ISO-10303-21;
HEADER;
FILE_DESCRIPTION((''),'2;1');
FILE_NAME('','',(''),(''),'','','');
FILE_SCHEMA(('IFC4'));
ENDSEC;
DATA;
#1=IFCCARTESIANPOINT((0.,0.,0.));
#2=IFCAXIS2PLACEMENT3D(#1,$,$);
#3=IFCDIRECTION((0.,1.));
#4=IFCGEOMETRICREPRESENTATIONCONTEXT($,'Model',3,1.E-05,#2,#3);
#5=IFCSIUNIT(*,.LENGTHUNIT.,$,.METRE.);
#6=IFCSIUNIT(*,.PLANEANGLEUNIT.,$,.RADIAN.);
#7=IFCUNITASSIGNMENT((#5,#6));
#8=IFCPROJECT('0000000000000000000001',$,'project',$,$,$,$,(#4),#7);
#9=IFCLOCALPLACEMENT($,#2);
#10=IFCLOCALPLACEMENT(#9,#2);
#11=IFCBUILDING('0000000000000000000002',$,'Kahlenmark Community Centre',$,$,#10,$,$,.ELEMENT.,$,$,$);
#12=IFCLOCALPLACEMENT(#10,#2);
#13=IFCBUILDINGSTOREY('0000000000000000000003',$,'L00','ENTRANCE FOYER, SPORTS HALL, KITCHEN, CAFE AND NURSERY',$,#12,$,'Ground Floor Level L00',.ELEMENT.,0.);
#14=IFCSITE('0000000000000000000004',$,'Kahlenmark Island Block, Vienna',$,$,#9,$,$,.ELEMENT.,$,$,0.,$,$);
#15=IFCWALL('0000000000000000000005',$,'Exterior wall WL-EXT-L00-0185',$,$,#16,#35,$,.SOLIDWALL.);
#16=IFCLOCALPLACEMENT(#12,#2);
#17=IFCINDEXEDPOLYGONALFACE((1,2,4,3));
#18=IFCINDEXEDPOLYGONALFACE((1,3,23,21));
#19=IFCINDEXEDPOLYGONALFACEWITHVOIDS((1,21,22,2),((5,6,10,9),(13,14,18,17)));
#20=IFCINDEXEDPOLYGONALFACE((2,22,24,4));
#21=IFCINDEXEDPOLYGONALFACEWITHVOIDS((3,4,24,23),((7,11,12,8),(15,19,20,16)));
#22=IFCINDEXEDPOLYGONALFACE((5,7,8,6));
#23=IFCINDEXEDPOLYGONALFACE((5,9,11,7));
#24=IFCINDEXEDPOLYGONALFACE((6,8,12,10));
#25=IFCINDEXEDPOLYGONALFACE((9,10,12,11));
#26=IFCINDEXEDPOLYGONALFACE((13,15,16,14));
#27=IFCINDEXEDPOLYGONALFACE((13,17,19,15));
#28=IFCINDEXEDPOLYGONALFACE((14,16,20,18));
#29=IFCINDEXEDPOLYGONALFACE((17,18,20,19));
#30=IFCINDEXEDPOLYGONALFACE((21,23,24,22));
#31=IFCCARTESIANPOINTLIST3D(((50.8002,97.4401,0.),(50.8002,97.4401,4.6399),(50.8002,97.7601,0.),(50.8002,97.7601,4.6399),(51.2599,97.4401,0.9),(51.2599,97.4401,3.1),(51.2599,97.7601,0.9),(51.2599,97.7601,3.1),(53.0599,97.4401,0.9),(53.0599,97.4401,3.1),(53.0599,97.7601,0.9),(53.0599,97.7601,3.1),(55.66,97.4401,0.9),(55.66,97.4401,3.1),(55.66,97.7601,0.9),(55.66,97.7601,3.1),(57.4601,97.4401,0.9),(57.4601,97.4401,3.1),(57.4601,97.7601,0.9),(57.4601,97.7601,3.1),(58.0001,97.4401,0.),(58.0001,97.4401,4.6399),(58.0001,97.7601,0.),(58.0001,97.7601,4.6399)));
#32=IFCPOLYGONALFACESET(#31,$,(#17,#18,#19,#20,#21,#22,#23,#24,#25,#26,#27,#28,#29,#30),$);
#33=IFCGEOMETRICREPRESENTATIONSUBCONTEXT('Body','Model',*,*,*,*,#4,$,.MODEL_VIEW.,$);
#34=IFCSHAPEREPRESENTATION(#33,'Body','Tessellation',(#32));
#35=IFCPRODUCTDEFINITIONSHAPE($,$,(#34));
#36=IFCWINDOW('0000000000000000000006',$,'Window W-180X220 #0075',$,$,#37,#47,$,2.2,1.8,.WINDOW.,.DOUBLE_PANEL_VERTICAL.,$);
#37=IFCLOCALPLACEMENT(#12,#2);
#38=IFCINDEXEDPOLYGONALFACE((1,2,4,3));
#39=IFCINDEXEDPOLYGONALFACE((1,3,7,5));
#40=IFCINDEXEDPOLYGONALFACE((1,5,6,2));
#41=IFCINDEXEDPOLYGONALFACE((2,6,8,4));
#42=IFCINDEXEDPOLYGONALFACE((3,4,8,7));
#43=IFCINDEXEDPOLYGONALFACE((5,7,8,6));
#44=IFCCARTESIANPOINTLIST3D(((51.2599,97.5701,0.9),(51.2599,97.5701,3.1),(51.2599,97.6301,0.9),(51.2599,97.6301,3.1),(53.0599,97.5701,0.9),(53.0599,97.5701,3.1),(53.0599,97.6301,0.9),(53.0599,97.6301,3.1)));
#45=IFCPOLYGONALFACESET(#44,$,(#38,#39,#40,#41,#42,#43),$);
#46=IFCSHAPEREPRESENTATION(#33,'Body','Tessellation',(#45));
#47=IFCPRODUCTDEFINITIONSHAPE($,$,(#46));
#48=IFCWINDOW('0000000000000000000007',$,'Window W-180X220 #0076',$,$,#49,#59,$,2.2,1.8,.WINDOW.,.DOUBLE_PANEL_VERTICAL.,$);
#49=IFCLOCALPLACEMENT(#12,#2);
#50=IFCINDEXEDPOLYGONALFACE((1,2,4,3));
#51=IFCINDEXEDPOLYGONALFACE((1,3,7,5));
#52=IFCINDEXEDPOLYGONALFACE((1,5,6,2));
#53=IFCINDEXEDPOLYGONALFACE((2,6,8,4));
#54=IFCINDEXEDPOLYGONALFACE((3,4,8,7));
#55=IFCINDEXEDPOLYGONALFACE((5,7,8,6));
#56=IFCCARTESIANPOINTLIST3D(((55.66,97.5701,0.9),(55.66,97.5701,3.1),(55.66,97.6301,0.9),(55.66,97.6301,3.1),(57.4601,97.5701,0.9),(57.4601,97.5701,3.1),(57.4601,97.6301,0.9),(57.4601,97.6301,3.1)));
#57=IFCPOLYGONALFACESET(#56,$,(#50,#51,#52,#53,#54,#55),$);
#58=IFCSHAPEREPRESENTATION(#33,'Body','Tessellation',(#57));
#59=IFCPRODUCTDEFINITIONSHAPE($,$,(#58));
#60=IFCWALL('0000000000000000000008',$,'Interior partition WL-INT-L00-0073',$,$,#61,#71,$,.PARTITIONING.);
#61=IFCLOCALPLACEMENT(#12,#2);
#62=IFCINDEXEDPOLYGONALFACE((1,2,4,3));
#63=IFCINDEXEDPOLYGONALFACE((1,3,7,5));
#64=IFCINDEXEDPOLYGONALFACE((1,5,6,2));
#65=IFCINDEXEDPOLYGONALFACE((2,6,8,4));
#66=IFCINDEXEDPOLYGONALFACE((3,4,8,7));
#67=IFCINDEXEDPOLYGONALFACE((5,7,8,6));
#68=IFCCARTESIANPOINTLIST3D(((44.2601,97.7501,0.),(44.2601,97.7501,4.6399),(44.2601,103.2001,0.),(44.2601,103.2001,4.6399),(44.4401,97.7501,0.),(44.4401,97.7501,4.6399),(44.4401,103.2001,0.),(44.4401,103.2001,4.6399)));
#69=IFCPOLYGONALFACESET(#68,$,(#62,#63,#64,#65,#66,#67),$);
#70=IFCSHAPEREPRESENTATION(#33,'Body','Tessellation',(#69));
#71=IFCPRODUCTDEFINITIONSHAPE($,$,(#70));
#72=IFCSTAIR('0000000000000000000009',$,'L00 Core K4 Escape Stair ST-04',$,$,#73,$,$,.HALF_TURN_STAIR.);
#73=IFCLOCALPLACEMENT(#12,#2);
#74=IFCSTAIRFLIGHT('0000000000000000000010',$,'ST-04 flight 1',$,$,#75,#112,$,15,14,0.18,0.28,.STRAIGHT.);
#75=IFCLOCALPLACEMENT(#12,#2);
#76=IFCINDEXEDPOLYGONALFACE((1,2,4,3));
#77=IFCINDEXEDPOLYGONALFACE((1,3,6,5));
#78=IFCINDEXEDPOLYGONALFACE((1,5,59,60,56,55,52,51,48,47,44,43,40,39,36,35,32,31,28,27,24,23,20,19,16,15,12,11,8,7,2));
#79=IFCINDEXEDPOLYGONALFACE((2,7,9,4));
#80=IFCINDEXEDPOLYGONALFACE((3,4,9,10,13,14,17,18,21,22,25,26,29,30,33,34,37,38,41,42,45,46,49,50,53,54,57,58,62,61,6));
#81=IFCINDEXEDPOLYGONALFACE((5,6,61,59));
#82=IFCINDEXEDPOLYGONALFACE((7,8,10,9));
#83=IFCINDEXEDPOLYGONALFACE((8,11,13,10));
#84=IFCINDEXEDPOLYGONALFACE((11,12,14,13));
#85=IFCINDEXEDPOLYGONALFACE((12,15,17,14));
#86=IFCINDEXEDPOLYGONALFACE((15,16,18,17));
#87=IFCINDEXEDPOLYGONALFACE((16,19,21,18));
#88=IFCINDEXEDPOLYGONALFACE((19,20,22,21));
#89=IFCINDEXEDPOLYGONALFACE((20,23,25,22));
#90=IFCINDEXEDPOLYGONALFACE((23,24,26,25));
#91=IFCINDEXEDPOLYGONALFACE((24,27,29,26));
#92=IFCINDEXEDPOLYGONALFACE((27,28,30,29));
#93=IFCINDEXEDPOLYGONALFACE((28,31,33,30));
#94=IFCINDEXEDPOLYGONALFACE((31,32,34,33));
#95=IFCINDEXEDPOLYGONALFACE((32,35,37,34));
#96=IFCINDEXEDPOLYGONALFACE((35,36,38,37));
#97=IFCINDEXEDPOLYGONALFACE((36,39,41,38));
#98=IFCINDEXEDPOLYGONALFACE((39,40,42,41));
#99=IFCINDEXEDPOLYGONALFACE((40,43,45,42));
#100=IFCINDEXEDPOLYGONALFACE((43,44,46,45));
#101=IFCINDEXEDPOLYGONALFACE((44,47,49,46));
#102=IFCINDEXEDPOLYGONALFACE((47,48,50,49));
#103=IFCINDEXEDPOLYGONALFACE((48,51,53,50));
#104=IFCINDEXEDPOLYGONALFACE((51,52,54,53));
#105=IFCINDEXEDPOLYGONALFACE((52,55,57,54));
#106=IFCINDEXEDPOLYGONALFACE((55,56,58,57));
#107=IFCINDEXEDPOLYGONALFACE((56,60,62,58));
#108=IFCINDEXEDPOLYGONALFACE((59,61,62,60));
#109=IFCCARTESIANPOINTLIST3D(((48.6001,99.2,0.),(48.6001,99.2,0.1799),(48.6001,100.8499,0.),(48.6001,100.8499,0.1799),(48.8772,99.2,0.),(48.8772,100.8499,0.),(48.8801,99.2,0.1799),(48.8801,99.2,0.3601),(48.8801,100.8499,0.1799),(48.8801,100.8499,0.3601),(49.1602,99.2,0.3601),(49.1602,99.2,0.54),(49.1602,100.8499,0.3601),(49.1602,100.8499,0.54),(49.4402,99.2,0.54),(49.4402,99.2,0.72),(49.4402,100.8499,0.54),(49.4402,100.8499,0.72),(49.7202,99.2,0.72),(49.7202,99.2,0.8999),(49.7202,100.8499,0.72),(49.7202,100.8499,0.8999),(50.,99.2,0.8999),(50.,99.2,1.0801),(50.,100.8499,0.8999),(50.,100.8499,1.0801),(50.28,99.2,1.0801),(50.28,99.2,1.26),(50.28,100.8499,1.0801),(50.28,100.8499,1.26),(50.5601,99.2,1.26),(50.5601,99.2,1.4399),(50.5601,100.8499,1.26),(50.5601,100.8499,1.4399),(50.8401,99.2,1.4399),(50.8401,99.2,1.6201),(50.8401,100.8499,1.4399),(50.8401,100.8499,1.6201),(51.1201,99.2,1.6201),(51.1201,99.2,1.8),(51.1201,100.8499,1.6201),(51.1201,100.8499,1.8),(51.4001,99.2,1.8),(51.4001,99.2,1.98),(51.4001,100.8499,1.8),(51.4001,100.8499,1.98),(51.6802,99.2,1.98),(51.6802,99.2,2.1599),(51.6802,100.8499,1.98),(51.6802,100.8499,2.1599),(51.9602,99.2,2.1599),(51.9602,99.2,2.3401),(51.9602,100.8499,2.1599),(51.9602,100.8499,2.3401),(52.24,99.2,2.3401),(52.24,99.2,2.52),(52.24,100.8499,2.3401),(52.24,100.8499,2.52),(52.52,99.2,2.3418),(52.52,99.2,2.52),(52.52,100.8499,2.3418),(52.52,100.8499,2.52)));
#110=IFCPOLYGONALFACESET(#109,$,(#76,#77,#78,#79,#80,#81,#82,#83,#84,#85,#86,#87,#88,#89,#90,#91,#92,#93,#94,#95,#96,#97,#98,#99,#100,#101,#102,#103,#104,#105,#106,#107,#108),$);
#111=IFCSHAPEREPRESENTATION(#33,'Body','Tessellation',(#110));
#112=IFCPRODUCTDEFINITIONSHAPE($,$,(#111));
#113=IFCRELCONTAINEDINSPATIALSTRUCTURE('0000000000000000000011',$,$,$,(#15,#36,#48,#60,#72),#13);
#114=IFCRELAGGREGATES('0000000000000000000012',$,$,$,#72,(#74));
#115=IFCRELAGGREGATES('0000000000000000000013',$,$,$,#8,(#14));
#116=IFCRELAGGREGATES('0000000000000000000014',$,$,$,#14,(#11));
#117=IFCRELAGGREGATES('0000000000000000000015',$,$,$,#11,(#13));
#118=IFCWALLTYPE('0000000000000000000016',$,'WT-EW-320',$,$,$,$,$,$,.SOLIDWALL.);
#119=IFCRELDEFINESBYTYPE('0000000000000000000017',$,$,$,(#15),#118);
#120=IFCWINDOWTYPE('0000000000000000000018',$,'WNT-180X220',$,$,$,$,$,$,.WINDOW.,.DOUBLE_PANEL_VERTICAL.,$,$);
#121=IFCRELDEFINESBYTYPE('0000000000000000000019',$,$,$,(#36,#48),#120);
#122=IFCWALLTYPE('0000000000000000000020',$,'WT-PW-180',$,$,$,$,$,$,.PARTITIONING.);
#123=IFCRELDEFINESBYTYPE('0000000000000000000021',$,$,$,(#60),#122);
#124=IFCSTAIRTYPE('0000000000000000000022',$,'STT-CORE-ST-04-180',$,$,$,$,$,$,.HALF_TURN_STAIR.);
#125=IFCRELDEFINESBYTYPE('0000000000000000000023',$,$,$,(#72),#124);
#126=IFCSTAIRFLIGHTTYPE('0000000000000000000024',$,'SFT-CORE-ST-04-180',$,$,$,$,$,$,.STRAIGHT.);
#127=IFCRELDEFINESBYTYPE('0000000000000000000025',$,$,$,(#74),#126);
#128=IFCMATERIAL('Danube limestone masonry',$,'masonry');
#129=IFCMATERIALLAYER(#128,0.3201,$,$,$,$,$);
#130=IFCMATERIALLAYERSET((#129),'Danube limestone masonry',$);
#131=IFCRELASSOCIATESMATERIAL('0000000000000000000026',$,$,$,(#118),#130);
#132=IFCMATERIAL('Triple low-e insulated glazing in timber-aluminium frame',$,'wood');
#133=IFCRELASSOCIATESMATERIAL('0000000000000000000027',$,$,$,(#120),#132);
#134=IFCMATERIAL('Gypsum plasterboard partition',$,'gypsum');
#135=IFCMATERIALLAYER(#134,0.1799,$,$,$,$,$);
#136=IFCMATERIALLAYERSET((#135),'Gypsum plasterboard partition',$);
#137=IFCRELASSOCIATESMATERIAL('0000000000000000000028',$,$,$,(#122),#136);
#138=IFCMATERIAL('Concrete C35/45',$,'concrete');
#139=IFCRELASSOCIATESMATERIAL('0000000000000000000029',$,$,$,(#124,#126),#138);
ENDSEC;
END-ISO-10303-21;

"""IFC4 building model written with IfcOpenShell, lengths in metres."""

from ifc_helpers import new_model, si_unit, direction, frame, frame_2d, origin, place, context, subcontext, project, spatial, polyline, rectangle, outline, extrude, material, layer, layer_set, type_object, element, fill, aggregate, save


model = new_model("IFC4")

# Units and contexts
model_context = context("Model", 3, precision=1e-05, world=origin(), true_north=direction((0.0, 1.0)))
body_context = subcontext(model_context, "Body", "Model", "MODEL_VIEW")
ifc_project = project(units=[si_unit("LENGTHUNIT", "METRE"), si_unit("PLANEANGLEUNIT", "RADIAN")], contexts=[model_context])

# Site, building, storey
site_placement = place(None, origin())
site = spatial("IfcSite", under=ifc_project, at=site_placement, Name="Kahlenmark Island Block, Vienna", CompositionType="ELEMENT", RefElevation=0.0)
building_placement = place(site_placement, origin())
building = spatial("IfcBuilding", under=site, at=building_placement, Name="Kahlenmark Community Centre", CompositionType="ELEMENT")
storey_placement = place(building_placement, origin())
storey = spatial("IfcBuildingStorey", under=building, at=storey_placement, Name="L00", Description="ENTRANCE FOYER, SPORTS HALL, KITCHEN, CAFE AND NURSERY", LongName="Ground Floor Level L00", CompositionType="ELEMENT", Elevation=0.0)

# Shared definitions
ifc_material_1 = material(Name="Concrete C35/45", Category="concrete")

# Shared definitions
ifc_material_2 = material(Name="Danube limestone masonry", Category="masonry")
ifc_layer_1 = layer(ifc_material_2, 0.3201)
ifc_layer_set_1 = layer_set([ifc_layer_1], Name="Danube limestone masonry")
wall_type_1 = type_object("IfcWallType", Name="WT-EW-320", PredefinedType="SOLIDWALL", material=ifc_layer_set_1)
ifc_material_3 = material(Name="Triple low-e insulated glazing in timber-aluminium frame", Category="wood")
window_type = type_object("IfcWindowType", Name="WNT-180X220", PartitioningType="DOUBLE_PANEL_VERTICAL", PredefinedType="WINDOW", material=ifc_material_3)

# Wall, openings, windows
wall_1_placement = place(storey_placement, frame((50.8, 97.6001, 0.0), z_axis=(0.0, 0.0, 1.0), x_axis=(1.0, 0.0, 0.0)))
wall_1 = element("IfcWall", 1, at=wall_1_placement, inside=storey, type_object=wall_type_1, Name="Exterior wall WL-EXT-L00-0185", PredefinedType="SOLIDWALL", context=body_context, shape_type="SweptSolid", body=[
    extrude(rectangle(XDim=7.2, YDim=0.3201, at=frame_2d((3.6001, 0.0))), origin(), (0.0, 0.0, 1.0), 4.6399),
])
opening_1_placement = place(wall_1_placement, frame((0.46, 0.0, 0.8999)))
opening_1 = element("IfcOpeningElement", 2, at=opening_1_placement, cuts=wall_1, PredefinedType="OPENING", context=body_context, shape_type="SweptSolid", body=[
    extrude(rectangle(XDim=1.8, YDim=2.2, at=frame_2d((0.8999, 1.1001))), frame((0.0, 0.1699, 0.0), z_axis=(0.0, -1.0, 0.0), x_axis=(1.0, 0.0, 0.0)), (0.0, 0.0, 1.0), 0.3401),
])
opening_2_placement = place(wall_1_placement, frame((4.8601, 0.0, 0.8999)))
opening_2 = element("IfcOpeningElement", 3, at=opening_2_placement, cuts=wall_1, PredefinedType="OPENING", context=body_context, shape_type="SweptSolid", body=[
    extrude(rectangle(XDim=1.8, YDim=2.2, at=frame_2d((0.8999, 1.1001))), frame((0.0, 0.1699, 0.0), z_axis=(0.0, -1.0, 0.0), x_axis=(1.0, 0.0, 0.0)), (0.0, 0.0, 1.0), 0.3401),
])
window_1_placement = place(opening_1_placement, origin())
window_1 = element("IfcWindow", 4, at=window_1_placement, inside=storey, type_object=window_type, Name="Window W-180X220 #0075", OverallHeight=2.2, OverallWidth=1.8, PartitioningType="DOUBLE_PANEL_VERTICAL", PredefinedType="WINDOW", context=body_context, shape_type="SweptSolid", body=[
    extrude(rectangle(XDim=1.8, YDim=2.2, at=frame_2d((0.8999, 1.1001))), frame((0.0, 0.03, 0.0), z_axis=(0.0, -1.0, 0.0), x_axis=(1.0, 0.0, 0.0)), (0.0, 0.0, 1.0), 0.0601),
])
fill(opening_1, window_1)
window_2_placement = place(opening_2_placement, origin())
window_2 = element("IfcWindow", 5, at=window_2_placement, inside=storey, type_object=window_type, Name="Window W-180X220 #0076", OverallHeight=2.2, OverallWidth=1.8, PartitioningType="DOUBLE_PANEL_VERTICAL", PredefinedType="WINDOW", context=body_context, shape_type="SweptSolid", body=[
    extrude(rectangle(XDim=1.8, YDim=2.2, at=frame_2d((0.8999, 1.1001))), frame((0.0, 0.03, 0.0), z_axis=(0.0, -1.0, 0.0), x_axis=(1.0, 0.0, 0.0)), (0.0, 0.0, 1.0), 0.0601),
])
fill(opening_2, window_2)

# Wall
ifc_material_4 = material(Name="Gypsum plasterboard partition", Category="gypsum")
ifc_layer_2 = layer(ifc_material_4, 0.1799)
ifc_layer_set_2 = layer_set([ifc_layer_2], Name="Gypsum plasterboard partition")
wall_type_2 = type_object("IfcWallType", Name="WT-PW-180", PredefinedType="PARTITIONING", material=ifc_layer_set_2)
wall_2_placement = place(storey_placement, frame((44.3501, 97.75, 0.0), z_axis=(0.0, 0.0, 1.0), x_axis=(0.0, 1.0, 0.0)))
element("IfcWall", 6, at=wall_2_placement, inside=storey, type_object=wall_type_2, Name="Interior partition WL-INT-L00-0073", PredefinedType="PARTITIONING", context=body_context, shape_type="SweptSolid", body=[
    extrude(rectangle(XDim=5.45, YDim=0.1799, at=frame_2d((2.7251, 0.0))), origin(), (0.0, 0.0, 1.0), 4.6399),
])

# Stair, stair flight
stair_type = type_object("IfcStairType", Name="STT-CORE-ST-04-180", PredefinedType="HALF_TURN_STAIR", material=ifc_material_1)
stair_placement = place(storey_placement, origin())
stair = element("IfcStair", 7, at=stair_placement, inside=storey, type_object=stair_type, Name="L00 Core K4 Escape Stair ST-04", PredefinedType="HALF_TURN_STAIR")
stair_flight_type = type_object("IfcStairFlightType", Name="SFT-CORE-ST-04-180", PredefinedType="STRAIGHT", material=ifc_material_1)
stair_flight_placement = place(storey_placement, frame((48.6001, 100.0249, 0.0), z_axis=(0.0, 0.0, 1.0), x_axis=(1.0, 0.0, 0.0)))
stair_flight = element("IfcStairFlight", 8, at=stair_flight_placement, type_object=stair_flight_type, Name="ST-04 flight 1", NumberOfRisers=15, NumberOfTreads=14, PredefinedType="STRAIGHT", RiserHeight=0.18, TreadLength=0.28, context=body_context, shape_type="SweptSolid", body=[
    extrude(outline(polyline([(0.0, 0.0), (0.0, 0.1799), (0.28, 0.1799), (0.28, 0.3601), (0.5601, 0.3601), (0.5601, 0.54), (0.8401, 0.54), (0.8401, 0.72), (1.1201, 0.72), (1.1201, 0.8999), (1.3999, 0.8999), (1.3999, 1.0801), (1.6799, 1.0801), (1.6799, 1.26), (1.96, 1.26), (1.96, 1.4399), (2.24, 1.4399), (2.24, 1.6201), (2.52, 1.6201), (2.52, 1.8), (2.8, 1.8), (2.8, 1.98), (3.0801, 1.98), (3.0801, 2.1599), (3.3601, 2.1599), (3.3601, 2.3401), (3.6399, 2.3401), (3.6399, 2.52), (3.9199, 2.52), (3.9199, 2.7), (3.9199, 2.3418), (0.2771, 0.0), (0.0, 0.0)])), frame((0.0, 0.825, 0.0), z_axis=(0.0, -1.0, 0.0), x_axis=(1.0, 0.0, 0.0)), (0.0, 0.0, 1.0), 1.6499),
])
aggregate(stair, [stair_flight])

save(model, "model.ifc")
